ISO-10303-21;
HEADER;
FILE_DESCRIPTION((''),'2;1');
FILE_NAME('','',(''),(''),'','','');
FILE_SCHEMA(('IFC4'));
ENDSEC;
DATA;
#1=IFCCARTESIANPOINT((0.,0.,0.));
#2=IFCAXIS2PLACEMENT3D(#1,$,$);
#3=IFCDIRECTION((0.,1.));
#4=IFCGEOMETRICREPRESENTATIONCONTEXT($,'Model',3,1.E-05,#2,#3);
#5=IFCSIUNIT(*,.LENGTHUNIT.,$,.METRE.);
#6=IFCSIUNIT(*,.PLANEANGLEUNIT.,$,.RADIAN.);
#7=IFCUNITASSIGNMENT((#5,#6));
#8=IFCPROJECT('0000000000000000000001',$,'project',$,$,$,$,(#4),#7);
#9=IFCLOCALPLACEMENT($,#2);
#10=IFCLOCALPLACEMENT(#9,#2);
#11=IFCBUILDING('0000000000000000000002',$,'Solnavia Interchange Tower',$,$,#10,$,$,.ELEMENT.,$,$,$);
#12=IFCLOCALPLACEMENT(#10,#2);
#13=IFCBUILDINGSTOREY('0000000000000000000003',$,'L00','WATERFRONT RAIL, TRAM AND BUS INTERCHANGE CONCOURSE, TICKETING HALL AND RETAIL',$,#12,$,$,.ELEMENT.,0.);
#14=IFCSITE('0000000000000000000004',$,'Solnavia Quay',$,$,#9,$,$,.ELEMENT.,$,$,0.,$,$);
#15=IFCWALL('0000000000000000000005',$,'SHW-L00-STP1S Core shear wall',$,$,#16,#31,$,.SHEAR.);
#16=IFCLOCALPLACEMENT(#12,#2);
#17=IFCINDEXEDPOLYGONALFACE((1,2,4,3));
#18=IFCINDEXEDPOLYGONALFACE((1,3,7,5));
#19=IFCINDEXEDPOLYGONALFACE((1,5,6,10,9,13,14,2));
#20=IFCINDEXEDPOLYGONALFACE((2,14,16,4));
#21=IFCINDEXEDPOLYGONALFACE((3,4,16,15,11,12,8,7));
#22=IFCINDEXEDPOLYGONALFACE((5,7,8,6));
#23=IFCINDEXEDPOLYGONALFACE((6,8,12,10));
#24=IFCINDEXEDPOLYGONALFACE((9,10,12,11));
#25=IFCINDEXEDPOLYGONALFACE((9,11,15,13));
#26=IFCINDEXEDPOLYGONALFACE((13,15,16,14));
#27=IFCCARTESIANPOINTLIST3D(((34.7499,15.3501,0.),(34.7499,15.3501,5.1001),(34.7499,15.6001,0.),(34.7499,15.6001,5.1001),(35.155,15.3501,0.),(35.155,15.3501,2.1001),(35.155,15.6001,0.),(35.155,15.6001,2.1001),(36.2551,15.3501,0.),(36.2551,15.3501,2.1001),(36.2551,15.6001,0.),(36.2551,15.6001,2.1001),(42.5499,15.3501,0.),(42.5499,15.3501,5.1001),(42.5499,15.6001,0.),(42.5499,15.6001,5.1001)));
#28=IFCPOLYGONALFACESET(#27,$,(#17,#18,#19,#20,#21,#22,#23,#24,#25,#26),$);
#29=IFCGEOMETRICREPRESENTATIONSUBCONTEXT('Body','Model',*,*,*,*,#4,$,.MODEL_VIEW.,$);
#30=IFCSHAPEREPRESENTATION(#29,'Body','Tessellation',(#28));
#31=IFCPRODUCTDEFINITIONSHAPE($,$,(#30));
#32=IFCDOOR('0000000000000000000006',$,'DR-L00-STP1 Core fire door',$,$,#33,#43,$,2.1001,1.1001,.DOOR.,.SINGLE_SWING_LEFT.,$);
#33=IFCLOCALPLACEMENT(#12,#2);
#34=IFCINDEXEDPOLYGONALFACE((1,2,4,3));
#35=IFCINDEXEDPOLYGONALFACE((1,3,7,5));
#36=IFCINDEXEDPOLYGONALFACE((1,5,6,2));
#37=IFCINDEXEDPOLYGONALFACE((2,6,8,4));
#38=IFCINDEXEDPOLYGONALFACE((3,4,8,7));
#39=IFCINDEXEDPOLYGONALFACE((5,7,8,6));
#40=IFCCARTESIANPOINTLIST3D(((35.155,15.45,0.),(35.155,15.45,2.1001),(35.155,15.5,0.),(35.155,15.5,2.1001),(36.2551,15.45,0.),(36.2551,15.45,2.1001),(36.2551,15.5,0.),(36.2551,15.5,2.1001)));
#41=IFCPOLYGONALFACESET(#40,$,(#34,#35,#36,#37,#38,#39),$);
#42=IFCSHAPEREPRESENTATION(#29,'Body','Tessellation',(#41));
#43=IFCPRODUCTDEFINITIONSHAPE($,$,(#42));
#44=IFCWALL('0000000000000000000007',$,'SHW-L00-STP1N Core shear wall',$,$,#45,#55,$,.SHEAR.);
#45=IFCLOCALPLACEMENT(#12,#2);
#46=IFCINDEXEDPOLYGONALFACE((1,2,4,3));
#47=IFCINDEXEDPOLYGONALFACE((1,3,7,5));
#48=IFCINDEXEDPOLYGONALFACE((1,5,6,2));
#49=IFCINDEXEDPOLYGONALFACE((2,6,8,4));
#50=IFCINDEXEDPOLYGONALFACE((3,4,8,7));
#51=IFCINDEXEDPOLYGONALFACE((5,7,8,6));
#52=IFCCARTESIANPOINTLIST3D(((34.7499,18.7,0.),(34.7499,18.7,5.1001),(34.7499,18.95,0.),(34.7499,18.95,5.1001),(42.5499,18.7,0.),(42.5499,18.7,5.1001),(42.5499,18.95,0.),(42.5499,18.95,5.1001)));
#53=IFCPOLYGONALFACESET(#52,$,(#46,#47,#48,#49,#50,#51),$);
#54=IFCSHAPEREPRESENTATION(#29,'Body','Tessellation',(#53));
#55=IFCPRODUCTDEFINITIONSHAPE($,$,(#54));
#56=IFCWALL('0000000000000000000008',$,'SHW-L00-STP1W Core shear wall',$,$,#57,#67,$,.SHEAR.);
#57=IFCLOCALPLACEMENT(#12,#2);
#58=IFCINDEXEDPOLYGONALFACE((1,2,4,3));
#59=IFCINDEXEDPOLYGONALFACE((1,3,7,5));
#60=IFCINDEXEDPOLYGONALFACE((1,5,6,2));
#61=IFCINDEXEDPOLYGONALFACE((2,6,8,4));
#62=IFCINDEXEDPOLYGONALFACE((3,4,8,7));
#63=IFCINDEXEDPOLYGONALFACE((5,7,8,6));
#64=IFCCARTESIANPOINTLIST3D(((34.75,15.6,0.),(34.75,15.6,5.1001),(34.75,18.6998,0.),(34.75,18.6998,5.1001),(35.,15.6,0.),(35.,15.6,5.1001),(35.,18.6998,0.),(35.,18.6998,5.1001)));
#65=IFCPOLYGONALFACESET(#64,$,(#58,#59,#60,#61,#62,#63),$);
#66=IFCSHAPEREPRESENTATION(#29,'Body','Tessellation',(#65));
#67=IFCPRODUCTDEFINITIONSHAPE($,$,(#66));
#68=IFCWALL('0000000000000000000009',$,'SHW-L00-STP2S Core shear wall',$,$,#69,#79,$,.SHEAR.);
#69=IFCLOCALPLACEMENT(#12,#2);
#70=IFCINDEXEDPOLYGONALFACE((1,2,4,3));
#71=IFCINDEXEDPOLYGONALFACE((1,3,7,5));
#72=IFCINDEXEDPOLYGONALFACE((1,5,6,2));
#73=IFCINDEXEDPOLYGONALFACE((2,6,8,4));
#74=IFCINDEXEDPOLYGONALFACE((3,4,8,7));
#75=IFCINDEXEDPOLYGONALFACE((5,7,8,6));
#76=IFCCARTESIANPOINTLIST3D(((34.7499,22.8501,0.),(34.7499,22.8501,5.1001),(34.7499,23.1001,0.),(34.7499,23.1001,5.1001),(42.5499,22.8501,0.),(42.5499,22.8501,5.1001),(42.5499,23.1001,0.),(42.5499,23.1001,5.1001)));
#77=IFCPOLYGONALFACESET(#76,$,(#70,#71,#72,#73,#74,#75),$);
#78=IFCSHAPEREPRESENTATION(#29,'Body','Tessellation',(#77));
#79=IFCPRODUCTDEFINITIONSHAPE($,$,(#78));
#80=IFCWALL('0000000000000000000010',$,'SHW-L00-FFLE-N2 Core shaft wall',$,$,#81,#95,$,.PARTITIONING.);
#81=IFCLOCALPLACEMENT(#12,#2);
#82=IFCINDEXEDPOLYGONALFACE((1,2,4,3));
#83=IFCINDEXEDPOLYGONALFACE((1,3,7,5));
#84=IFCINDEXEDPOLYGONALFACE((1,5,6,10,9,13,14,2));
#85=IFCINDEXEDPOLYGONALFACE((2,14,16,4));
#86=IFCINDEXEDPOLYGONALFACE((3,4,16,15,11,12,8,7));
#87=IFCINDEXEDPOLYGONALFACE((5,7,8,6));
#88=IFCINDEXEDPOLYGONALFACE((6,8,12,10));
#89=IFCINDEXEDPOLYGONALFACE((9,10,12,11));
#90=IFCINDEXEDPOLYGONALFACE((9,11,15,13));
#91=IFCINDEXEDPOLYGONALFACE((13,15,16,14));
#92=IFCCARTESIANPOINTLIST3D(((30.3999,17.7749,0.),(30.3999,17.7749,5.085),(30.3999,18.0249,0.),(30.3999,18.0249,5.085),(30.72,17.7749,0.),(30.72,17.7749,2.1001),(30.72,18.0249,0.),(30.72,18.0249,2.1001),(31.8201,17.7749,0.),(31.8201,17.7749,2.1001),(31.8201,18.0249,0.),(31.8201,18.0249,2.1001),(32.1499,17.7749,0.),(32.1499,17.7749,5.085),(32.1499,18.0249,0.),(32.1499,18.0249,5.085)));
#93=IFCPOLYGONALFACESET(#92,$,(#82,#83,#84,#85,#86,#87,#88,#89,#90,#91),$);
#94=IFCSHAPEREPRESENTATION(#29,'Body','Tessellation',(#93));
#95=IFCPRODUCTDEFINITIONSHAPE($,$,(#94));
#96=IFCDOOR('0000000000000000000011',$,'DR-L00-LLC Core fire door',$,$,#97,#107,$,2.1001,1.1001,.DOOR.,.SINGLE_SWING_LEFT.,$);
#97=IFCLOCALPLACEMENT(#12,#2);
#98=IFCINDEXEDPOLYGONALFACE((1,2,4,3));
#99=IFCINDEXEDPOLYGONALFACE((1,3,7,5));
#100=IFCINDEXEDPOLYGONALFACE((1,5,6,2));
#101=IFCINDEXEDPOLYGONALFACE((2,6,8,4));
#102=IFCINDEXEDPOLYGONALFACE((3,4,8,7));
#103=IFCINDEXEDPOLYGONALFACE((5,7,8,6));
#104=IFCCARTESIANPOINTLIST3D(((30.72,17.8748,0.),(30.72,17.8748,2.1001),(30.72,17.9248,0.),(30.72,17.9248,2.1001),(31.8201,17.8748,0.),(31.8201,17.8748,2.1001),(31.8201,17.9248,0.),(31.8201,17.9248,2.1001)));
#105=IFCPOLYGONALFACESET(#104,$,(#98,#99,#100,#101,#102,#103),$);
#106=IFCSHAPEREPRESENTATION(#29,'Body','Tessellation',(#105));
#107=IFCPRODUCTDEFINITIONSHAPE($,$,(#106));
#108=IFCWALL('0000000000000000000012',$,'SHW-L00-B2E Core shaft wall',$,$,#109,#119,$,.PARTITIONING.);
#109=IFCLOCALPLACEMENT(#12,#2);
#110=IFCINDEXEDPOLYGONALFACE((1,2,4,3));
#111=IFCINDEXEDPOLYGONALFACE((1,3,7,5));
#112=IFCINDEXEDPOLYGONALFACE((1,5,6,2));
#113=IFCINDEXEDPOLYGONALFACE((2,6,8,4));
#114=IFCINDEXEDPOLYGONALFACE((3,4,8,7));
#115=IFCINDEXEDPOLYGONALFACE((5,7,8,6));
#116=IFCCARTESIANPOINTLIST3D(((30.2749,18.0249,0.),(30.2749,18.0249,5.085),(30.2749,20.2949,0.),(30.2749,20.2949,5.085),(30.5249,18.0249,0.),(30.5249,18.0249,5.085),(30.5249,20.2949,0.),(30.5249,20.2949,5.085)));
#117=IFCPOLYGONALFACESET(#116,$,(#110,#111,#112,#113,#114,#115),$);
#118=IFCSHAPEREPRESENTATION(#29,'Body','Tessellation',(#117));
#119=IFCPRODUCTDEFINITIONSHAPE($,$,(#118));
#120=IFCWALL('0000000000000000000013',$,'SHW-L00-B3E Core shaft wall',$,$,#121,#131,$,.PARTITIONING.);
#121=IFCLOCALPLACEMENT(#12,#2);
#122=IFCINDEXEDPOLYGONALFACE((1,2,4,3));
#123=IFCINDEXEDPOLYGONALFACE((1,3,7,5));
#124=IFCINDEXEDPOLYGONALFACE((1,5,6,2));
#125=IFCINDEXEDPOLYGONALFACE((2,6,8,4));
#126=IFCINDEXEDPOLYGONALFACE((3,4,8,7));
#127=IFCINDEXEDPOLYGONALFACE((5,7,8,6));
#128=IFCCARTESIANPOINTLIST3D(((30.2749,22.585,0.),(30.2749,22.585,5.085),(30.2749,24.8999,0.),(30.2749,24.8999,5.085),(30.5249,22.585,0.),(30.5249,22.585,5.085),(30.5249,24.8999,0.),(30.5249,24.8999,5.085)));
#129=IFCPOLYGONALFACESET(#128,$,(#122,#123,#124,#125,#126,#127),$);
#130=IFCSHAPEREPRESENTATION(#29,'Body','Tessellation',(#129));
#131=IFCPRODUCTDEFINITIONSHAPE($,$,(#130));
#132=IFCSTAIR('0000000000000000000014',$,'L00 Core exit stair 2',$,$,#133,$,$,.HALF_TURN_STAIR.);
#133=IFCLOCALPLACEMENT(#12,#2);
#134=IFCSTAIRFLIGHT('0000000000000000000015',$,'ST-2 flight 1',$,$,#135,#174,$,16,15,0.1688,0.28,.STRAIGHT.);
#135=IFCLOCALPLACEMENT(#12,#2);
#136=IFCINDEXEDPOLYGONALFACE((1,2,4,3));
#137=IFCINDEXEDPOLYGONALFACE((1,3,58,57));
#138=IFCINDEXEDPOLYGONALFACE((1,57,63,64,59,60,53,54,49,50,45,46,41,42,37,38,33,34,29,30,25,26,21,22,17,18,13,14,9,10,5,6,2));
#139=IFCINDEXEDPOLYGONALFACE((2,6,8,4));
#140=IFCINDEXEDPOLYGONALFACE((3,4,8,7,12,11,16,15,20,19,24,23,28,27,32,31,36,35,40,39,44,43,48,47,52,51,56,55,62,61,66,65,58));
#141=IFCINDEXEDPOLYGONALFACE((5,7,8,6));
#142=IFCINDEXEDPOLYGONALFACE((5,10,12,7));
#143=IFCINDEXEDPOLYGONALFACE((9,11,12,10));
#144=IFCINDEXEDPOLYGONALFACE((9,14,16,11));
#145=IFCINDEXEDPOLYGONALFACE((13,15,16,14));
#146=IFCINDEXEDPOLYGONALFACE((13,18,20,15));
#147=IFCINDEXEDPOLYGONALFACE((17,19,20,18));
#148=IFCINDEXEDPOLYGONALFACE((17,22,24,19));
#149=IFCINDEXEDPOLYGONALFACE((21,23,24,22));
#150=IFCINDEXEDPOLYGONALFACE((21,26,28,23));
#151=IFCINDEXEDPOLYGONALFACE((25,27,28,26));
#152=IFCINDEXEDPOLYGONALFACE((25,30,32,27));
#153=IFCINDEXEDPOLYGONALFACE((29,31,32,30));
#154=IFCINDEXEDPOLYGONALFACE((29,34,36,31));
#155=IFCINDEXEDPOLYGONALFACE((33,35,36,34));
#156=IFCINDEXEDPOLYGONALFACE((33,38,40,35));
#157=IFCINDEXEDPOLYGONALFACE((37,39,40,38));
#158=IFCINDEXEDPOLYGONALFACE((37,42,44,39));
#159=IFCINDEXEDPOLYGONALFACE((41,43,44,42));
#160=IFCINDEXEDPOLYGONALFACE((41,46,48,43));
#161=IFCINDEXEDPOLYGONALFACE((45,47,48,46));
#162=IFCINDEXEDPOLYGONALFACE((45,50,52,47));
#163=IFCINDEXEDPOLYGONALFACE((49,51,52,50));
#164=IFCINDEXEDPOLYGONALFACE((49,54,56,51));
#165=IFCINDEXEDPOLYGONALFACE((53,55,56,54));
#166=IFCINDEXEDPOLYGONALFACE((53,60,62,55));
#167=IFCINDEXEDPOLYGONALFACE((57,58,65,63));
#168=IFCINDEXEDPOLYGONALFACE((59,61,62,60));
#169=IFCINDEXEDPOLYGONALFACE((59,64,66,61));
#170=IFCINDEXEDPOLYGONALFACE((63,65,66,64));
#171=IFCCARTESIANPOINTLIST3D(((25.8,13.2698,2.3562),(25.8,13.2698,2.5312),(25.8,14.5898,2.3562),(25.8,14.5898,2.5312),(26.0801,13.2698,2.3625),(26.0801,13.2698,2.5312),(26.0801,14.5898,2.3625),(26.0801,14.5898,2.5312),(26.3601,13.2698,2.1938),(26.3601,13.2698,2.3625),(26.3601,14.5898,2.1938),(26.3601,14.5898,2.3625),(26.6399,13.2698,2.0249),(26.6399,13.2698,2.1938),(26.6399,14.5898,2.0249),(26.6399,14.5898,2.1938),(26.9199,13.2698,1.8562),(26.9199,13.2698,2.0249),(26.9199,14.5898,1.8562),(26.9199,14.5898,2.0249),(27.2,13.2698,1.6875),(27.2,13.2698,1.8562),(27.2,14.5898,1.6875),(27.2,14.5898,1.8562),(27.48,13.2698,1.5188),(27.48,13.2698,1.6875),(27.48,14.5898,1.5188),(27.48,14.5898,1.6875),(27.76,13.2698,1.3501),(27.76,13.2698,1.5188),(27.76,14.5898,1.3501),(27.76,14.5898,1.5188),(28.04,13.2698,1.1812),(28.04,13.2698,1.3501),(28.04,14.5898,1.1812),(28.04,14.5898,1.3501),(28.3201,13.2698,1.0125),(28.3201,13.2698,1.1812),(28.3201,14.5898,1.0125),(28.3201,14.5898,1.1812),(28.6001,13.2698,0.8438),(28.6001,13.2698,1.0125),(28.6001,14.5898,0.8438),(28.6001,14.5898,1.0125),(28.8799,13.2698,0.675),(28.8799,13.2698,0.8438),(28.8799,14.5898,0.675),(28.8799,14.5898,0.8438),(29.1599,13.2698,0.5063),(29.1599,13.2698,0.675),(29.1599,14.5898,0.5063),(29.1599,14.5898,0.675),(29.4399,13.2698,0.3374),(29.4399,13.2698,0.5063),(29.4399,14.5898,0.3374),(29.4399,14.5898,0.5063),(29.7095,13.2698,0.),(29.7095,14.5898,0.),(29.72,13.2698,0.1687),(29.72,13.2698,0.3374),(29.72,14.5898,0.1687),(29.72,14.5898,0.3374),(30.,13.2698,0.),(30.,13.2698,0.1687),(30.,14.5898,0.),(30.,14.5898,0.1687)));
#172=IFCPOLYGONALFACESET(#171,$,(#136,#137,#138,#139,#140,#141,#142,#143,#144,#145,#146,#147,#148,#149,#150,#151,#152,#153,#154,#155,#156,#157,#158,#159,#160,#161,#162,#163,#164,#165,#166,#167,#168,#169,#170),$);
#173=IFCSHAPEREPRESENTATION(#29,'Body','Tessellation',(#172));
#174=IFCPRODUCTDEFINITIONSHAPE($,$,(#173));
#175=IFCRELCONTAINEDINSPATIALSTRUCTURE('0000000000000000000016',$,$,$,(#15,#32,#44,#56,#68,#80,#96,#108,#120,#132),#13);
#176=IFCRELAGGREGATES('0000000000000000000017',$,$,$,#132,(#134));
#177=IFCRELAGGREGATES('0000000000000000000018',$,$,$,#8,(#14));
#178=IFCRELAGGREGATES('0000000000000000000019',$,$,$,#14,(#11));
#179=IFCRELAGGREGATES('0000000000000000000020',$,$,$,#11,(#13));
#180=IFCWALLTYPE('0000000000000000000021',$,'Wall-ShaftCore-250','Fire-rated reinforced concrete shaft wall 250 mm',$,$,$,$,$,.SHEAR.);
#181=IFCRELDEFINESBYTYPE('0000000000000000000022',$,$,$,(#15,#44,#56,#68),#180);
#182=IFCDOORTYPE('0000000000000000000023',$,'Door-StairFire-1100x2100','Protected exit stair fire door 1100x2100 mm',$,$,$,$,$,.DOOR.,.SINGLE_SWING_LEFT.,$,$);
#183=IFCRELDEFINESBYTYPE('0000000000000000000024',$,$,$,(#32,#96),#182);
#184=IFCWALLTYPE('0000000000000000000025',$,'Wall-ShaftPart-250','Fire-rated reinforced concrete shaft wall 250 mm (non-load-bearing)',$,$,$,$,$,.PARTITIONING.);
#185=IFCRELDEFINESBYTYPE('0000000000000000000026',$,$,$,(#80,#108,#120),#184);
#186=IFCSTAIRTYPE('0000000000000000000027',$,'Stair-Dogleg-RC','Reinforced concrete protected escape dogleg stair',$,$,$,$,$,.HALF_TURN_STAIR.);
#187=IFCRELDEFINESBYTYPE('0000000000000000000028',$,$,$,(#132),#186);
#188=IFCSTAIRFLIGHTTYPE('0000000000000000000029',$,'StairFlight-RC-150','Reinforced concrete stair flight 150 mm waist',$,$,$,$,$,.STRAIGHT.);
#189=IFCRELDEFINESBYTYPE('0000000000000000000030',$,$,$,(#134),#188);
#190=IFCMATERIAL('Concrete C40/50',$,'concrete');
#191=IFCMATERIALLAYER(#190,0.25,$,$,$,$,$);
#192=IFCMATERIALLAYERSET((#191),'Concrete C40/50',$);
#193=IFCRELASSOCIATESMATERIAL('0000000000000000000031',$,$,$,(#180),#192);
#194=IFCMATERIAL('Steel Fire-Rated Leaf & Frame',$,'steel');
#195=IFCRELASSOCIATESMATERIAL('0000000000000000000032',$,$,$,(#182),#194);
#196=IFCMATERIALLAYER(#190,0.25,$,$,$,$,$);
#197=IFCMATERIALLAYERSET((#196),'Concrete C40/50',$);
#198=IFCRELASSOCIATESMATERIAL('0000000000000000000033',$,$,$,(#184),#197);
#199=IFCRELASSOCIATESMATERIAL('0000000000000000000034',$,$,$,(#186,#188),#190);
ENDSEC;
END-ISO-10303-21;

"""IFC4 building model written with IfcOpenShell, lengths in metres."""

from ifc_helpers import new_model, si_unit, direction, frame, frame_2d, origin, place, context, subcontext, project, spatial, polyline, rectangle, outline, extrude, material, layer, layer_set, type_object, element, fill, aggregate, save


model = new_model("IFC4")

# Units and contexts
model_context = context("Model", 3, precision=1e-05, world=origin(), true_north=direction((0.0, 1.0)))
body_context = subcontext(model_context, "Body", "Model", "MODEL_VIEW")
ifc_project = project(units=[si_unit("LENGTHUNIT", "METRE"), si_unit("PLANEANGLEUNIT", "RADIAN")], contexts=[model_context])

# Site, building, storey
site_placement = place(None, origin())
site = spatial("IfcSite", under=ifc_project, at=site_placement, Name="Solnavia Quay", CompositionType="ELEMENT", RefElevation=0.0)
building_placement = place(site_placement, origin())
building = spatial("IfcBuilding", under=site, at=building_placement, Name="Solnavia Interchange Tower", CompositionType="ELEMENT")
storey_placement = place(building_placement, origin())
storey = spatial("IfcBuildingStorey", under=building, at=storey_placement, Name="L00", Description="WATERFRONT RAIL, TRAM AND BUS INTERCHANGE CONCOURSE, TICKETING HALL AND RETAIL", CompositionType="ELEMENT", Elevation=0.0)

# Wall, opening, door
ifc_material_1 = material(Name="Concrete C40/50", Category="concrete")
ifc_layer_1 = layer(ifc_material_1, 0.25)
ifc_layer_set_1 = layer_set([ifc_layer_1], Name="Concrete C40/50")
wall_type_1 = type_object("IfcWallType", Name="Wall-ShaftCore-250", Description="Fire-rated reinforced concrete shaft wall 250 mm", PredefinedType="SHEAR", material=ifc_layer_set_1)
wall_1_placement = place(storey_placement, frame((34.75, 15.4751, 0.0), z_axis=(0.0, 0.0, 1.0), x_axis=(1.0, 0.0, 0.0)))
wall_1 = element("IfcWall", 1, at=wall_1_placement, inside=storey, type_object=wall_type_1, Name="SHW-L00-STP1S Core shear wall", PredefinedType="SHEAR", context=body_context, shape_type="SweptSolid", body=[
    extrude(rectangle(XDim=7.8, YDim=0.25, at=frame_2d((3.8999, 0.0))), origin(), (0.0, 0.0, 1.0), 5.1001),
])
opening_1_placement = place(wall_1_placement, frame((0.405, 0.0, 0.0)))
opening_1 = element("IfcOpeningElement", 2, at=opening_1_placement, cuts=wall_1, PredefinedType="OPENING", context=body_context, shape_type="SweptSolid", body=[
    extrude(rectangle(XDim=1.1001, YDim=2.1001, at=frame_2d((0.55, 1.05))), frame((0.0, 0.135, 0.0), z_axis=(0.0, -1.0, 0.0), x_axis=(1.0, 0.0, 0.0)), (0.0, 0.0, 1.0), 0.27),
])
ifc_material_2 = material(Name="Steel Fire-Rated Leaf & Frame", Category="steel")
door_type_1 = type_object("IfcDoorType", Name="Door-StairFire-1100x2100", Description="Protected exit stair fire door 1100x2100 mm", OperationType="SINGLE_SWING_LEFT", PredefinedType="DOOR", material=ifc_material_2)
door_1_placement = place(opening_1_placement, origin())
door_1 = element("IfcDoor", 3, at=door_1_placement, inside=storey, type_object=door_type_1, Name="DR-L00-STP1 Core fire door", OperationType="SINGLE_SWING_LEFT", OverallHeight=2.1001, OverallWidth=1.1001, PredefinedType="DOOR", context=body_context, shape_type="SweptSolid", body=[
    extrude(rectangle(XDim=1.1001, YDim=2.1001, at=frame_2d((0.55, 1.05))), frame((0.0, 0.0249, 0.0), z_axis=(0.0, -1.0, 0.0), x_axis=(1.0, 0.0, 0.0)), (0.0, 0.0, 1.0), 0.05),
])
fill(opening_1, door_1)

# Walls
wall_2_placement = place(storey_placement, frame((34.75, 18.825, 0.0), z_axis=(0.0, 0.0, 1.0), x_axis=(1.0, 0.0, 0.0)))
element("IfcWall", 4, at=wall_2_placement, inside=storey, type_object=wall_type_1, Name="SHW-L00-STP1N Core shear wall", PredefinedType="SHEAR", context=body_context, shape_type="SweptSolid", body=[
    extrude(rectangle(XDim=7.8, YDim=0.25, at=frame_2d((3.8999, 0.0))), origin(), (0.0, 0.0, 1.0), 5.1001),
])
wall_3_placement = place(storey_placement, frame((34.875, 15.6001, 0.0), z_axis=(0.0, 0.0, 1.0), x_axis=(0.0, 1.0, 0.0)))
element("IfcWall", 5, at=wall_3_placement, inside=storey, type_object=wall_type_1, Name="SHW-L00-STP1W Core shear wall", PredefinedType="SHEAR", context=body_context, shape_type="SweptSolid", body=[
    extrude(rectangle(XDim=3.0999, YDim=0.25, at=frame_2d((1.5498, 0.0))), origin(), (0.0, 0.0, 1.0), 5.1001),
])
wall_4_placement = place(storey_placement, frame((34.75, 22.9751, 0.0), z_axis=(0.0, 0.0, 1.0), x_axis=(1.0, 0.0, 0.0)))
element("IfcWall", 6, at=wall_4_placement, inside=storey, type_object=wall_type_1, Name="SHW-L00-STP2S Core shear wall", PredefinedType="SHEAR", context=body_context, shape_type="SweptSolid", body=[
    extrude(rectangle(XDim=7.8, YDim=0.25, at=frame_2d((3.8999, 0.0))), origin(), (0.0, 0.0, 1.0), 5.1001),
])

# Wall, opening, door
ifc_layer_2 = layer(ifc_material_1, 0.25)
ifc_layer_set_2 = layer_set([ifc_layer_2], Name="Concrete C40/50")
wall_type_2 = type_object("IfcWallType", Name="Wall-ShaftPart-250", Description="Fire-rated reinforced concrete shaft wall 250 mm (non-load-bearing)", PredefinedType="PARTITIONING", material=ifc_layer_set_2)
wall_5_placement = place(storey_placement, frame((30.3999, 17.8999, 0.0), z_axis=(0.0, 0.0, 1.0), x_axis=(1.0, 0.0, 0.0)))
wall_5 = element("IfcWall", 7, at=wall_5_placement, inside=storey, type_object=wall_type_2, Name="SHW-L00-FFLE-N2 Core shaft wall", PredefinedType="PARTITIONING", context=body_context, shape_type="SweptSolid", body=[
    extrude(rectangle(XDim=1.75, YDim=0.25, at=frame_2d((0.875, 0.0))), origin(), (0.0, 0.0, 1.0), 5.085),
])
opening_2_placement = place(wall_5_placement, frame((0.3201, 0.0, 0.0)))
opening_2 = element("IfcOpeningElement", 8, at=opening_2_placement, cuts=wall_5, PredefinedType="OPENING", context=body_context, shape_type="SweptSolid", body=[
    extrude(rectangle(XDim=1.1001, YDim=2.1001, at=frame_2d((0.55, 1.05))), frame((0.0, 0.135, 0.0), z_axis=(0.0, -1.0, 0.0), x_axis=(1.0, 0.0, 0.0)), (0.0, 0.0, 1.0), 0.27),
])
door_2_placement = place(opening_2_placement, origin())
door_2 = element("IfcDoor", 9, at=door_2_placement, inside=storey, type_object=door_type_1, Name="DR-L00-LLC Core fire door", OperationType="SINGLE_SWING_LEFT", OverallHeight=2.1001, OverallWidth=1.1001, PredefinedType="DOOR", context=body_context, shape_type="SweptSolid", body=[
    extrude(rectangle(XDim=1.1001, YDim=2.1001, at=frame_2d((0.55, 1.05))), frame((0.0, 0.0249, 0.0), z_axis=(0.0, -1.0, 0.0), x_axis=(1.0, 0.0, 0.0)), (0.0, 0.0, 1.0), 0.05),
])
fill(opening_2, door_2)

# Walls
wall_6_placement = place(storey_placement, frame((30.3999, 18.0249, 0.0), z_axis=(0.0, 0.0, 1.0), x_axis=(0.0, 1.0, 0.0)))
element("IfcWall", 10, at=wall_6_placement, inside=storey, type_object=wall_type_2, Name="SHW-L00-B2E Core shaft wall", PredefinedType="PARTITIONING", context=body_context, shape_type="SweptSolid", body=[
    extrude(rectangle(XDim=2.27, YDim=0.25, at=frame_2d((1.135, 0.0))), origin(), (0.0, 0.0, 1.0), 5.085),
])
wall_7_placement = place(storey_placement, frame((30.3999, 22.585, 0.0), z_axis=(0.0, 0.0, 1.0), x_axis=(0.0, 1.0, 0.0)))
element("IfcWall", 11, at=wall_7_placement, inside=storey, type_object=wall_type_2, Name="SHW-L00-B3E Core shaft wall", PredefinedType="PARTITIONING", context=body_context, shape_type="SweptSolid", body=[
    extrude(rectangle(XDim=2.3149, YDim=0.25, at=frame_2d((1.1575, 0.0))), origin(), (0.0, 0.0, 1.0), 5.085),
])

# Stair, stair flight
stair_type = type_object("IfcStairType", Name="Stair-Dogleg-RC", Description="Reinforced concrete protected escape dogleg stair", PredefinedType="HALF_TURN_STAIR", material=ifc_material_1)
stair_placement = place(storey_placement, origin())
stair = element("IfcStair", 12, at=stair_placement, inside=storey, type_object=stair_type, Name="L00 Core exit stair 2", PredefinedType="HALF_TURN_STAIR")
stair_flight_type = type_object("IfcStairFlightType", Name="StairFlight-RC-150", Description="Reinforced concrete stair flight 150 mm waist", PredefinedType="STRAIGHT", material=ifc_material_1)
stair_flight_placement = place(storey_placement, frame((30.0, 13.9299, 0.0), z_axis=(0.0, 0.0, 1.0), x_axis=(-1.0, 0.0, 0.0)))
stair_flight = element("IfcStairFlight", 13, at=stair_flight_placement, type_object=stair_flight_type, Name="ST-2 flight 1", NumberOfRisers=16, NumberOfTreads=15, PredefinedType="STRAIGHT", RiserHeight=0.1688, TreadLength=0.28, context=body_context, shape_type="SweptSolid", body=[
    extrude(outline(polyline([(0.0, 0.0), (0.0, 0.1687), (0.28, 0.1687), (0.28, 0.3374), (0.5601, 0.3374), (0.5601, 0.5063), (0.8401, 0.5063), (0.8401, 0.675), (1.1201, 0.675), (1.1201, 0.8438), (1.3999, 0.8438), (1.3999, 1.0125), (1.6799, 1.0125), (1.6799, 1.1812), (1.96, 1.1812), (1.96, 1.3501), (2.24, 1.3501), (2.24, 1.5188), (2.52, 1.5188), (2.52, 1.6875), (2.8, 1.6875), (2.8, 1.8562), (3.0801, 1.8562), (3.0801, 2.0249), (3.3601, 2.0249), (3.3601, 2.1938), (3.6399, 2.1938), (3.6399, 2.3625), (3.9199, 2.3625), (3.9199, 2.5312), (4.2, 2.5312), (4.2, 2.7), (4.2, 2.3562), (0.2905, 0.0), (0.0, 0.0)])), frame((0.0, 0.6602, 0.0), z_axis=(0.0, -1.0, 0.0), x_axis=(1.0, 0.0, 0.0)), (0.0, 0.0, 1.0), 1.3201),
])
aggregate(stair, [stair_flight])

save(model, "model.ifc")
